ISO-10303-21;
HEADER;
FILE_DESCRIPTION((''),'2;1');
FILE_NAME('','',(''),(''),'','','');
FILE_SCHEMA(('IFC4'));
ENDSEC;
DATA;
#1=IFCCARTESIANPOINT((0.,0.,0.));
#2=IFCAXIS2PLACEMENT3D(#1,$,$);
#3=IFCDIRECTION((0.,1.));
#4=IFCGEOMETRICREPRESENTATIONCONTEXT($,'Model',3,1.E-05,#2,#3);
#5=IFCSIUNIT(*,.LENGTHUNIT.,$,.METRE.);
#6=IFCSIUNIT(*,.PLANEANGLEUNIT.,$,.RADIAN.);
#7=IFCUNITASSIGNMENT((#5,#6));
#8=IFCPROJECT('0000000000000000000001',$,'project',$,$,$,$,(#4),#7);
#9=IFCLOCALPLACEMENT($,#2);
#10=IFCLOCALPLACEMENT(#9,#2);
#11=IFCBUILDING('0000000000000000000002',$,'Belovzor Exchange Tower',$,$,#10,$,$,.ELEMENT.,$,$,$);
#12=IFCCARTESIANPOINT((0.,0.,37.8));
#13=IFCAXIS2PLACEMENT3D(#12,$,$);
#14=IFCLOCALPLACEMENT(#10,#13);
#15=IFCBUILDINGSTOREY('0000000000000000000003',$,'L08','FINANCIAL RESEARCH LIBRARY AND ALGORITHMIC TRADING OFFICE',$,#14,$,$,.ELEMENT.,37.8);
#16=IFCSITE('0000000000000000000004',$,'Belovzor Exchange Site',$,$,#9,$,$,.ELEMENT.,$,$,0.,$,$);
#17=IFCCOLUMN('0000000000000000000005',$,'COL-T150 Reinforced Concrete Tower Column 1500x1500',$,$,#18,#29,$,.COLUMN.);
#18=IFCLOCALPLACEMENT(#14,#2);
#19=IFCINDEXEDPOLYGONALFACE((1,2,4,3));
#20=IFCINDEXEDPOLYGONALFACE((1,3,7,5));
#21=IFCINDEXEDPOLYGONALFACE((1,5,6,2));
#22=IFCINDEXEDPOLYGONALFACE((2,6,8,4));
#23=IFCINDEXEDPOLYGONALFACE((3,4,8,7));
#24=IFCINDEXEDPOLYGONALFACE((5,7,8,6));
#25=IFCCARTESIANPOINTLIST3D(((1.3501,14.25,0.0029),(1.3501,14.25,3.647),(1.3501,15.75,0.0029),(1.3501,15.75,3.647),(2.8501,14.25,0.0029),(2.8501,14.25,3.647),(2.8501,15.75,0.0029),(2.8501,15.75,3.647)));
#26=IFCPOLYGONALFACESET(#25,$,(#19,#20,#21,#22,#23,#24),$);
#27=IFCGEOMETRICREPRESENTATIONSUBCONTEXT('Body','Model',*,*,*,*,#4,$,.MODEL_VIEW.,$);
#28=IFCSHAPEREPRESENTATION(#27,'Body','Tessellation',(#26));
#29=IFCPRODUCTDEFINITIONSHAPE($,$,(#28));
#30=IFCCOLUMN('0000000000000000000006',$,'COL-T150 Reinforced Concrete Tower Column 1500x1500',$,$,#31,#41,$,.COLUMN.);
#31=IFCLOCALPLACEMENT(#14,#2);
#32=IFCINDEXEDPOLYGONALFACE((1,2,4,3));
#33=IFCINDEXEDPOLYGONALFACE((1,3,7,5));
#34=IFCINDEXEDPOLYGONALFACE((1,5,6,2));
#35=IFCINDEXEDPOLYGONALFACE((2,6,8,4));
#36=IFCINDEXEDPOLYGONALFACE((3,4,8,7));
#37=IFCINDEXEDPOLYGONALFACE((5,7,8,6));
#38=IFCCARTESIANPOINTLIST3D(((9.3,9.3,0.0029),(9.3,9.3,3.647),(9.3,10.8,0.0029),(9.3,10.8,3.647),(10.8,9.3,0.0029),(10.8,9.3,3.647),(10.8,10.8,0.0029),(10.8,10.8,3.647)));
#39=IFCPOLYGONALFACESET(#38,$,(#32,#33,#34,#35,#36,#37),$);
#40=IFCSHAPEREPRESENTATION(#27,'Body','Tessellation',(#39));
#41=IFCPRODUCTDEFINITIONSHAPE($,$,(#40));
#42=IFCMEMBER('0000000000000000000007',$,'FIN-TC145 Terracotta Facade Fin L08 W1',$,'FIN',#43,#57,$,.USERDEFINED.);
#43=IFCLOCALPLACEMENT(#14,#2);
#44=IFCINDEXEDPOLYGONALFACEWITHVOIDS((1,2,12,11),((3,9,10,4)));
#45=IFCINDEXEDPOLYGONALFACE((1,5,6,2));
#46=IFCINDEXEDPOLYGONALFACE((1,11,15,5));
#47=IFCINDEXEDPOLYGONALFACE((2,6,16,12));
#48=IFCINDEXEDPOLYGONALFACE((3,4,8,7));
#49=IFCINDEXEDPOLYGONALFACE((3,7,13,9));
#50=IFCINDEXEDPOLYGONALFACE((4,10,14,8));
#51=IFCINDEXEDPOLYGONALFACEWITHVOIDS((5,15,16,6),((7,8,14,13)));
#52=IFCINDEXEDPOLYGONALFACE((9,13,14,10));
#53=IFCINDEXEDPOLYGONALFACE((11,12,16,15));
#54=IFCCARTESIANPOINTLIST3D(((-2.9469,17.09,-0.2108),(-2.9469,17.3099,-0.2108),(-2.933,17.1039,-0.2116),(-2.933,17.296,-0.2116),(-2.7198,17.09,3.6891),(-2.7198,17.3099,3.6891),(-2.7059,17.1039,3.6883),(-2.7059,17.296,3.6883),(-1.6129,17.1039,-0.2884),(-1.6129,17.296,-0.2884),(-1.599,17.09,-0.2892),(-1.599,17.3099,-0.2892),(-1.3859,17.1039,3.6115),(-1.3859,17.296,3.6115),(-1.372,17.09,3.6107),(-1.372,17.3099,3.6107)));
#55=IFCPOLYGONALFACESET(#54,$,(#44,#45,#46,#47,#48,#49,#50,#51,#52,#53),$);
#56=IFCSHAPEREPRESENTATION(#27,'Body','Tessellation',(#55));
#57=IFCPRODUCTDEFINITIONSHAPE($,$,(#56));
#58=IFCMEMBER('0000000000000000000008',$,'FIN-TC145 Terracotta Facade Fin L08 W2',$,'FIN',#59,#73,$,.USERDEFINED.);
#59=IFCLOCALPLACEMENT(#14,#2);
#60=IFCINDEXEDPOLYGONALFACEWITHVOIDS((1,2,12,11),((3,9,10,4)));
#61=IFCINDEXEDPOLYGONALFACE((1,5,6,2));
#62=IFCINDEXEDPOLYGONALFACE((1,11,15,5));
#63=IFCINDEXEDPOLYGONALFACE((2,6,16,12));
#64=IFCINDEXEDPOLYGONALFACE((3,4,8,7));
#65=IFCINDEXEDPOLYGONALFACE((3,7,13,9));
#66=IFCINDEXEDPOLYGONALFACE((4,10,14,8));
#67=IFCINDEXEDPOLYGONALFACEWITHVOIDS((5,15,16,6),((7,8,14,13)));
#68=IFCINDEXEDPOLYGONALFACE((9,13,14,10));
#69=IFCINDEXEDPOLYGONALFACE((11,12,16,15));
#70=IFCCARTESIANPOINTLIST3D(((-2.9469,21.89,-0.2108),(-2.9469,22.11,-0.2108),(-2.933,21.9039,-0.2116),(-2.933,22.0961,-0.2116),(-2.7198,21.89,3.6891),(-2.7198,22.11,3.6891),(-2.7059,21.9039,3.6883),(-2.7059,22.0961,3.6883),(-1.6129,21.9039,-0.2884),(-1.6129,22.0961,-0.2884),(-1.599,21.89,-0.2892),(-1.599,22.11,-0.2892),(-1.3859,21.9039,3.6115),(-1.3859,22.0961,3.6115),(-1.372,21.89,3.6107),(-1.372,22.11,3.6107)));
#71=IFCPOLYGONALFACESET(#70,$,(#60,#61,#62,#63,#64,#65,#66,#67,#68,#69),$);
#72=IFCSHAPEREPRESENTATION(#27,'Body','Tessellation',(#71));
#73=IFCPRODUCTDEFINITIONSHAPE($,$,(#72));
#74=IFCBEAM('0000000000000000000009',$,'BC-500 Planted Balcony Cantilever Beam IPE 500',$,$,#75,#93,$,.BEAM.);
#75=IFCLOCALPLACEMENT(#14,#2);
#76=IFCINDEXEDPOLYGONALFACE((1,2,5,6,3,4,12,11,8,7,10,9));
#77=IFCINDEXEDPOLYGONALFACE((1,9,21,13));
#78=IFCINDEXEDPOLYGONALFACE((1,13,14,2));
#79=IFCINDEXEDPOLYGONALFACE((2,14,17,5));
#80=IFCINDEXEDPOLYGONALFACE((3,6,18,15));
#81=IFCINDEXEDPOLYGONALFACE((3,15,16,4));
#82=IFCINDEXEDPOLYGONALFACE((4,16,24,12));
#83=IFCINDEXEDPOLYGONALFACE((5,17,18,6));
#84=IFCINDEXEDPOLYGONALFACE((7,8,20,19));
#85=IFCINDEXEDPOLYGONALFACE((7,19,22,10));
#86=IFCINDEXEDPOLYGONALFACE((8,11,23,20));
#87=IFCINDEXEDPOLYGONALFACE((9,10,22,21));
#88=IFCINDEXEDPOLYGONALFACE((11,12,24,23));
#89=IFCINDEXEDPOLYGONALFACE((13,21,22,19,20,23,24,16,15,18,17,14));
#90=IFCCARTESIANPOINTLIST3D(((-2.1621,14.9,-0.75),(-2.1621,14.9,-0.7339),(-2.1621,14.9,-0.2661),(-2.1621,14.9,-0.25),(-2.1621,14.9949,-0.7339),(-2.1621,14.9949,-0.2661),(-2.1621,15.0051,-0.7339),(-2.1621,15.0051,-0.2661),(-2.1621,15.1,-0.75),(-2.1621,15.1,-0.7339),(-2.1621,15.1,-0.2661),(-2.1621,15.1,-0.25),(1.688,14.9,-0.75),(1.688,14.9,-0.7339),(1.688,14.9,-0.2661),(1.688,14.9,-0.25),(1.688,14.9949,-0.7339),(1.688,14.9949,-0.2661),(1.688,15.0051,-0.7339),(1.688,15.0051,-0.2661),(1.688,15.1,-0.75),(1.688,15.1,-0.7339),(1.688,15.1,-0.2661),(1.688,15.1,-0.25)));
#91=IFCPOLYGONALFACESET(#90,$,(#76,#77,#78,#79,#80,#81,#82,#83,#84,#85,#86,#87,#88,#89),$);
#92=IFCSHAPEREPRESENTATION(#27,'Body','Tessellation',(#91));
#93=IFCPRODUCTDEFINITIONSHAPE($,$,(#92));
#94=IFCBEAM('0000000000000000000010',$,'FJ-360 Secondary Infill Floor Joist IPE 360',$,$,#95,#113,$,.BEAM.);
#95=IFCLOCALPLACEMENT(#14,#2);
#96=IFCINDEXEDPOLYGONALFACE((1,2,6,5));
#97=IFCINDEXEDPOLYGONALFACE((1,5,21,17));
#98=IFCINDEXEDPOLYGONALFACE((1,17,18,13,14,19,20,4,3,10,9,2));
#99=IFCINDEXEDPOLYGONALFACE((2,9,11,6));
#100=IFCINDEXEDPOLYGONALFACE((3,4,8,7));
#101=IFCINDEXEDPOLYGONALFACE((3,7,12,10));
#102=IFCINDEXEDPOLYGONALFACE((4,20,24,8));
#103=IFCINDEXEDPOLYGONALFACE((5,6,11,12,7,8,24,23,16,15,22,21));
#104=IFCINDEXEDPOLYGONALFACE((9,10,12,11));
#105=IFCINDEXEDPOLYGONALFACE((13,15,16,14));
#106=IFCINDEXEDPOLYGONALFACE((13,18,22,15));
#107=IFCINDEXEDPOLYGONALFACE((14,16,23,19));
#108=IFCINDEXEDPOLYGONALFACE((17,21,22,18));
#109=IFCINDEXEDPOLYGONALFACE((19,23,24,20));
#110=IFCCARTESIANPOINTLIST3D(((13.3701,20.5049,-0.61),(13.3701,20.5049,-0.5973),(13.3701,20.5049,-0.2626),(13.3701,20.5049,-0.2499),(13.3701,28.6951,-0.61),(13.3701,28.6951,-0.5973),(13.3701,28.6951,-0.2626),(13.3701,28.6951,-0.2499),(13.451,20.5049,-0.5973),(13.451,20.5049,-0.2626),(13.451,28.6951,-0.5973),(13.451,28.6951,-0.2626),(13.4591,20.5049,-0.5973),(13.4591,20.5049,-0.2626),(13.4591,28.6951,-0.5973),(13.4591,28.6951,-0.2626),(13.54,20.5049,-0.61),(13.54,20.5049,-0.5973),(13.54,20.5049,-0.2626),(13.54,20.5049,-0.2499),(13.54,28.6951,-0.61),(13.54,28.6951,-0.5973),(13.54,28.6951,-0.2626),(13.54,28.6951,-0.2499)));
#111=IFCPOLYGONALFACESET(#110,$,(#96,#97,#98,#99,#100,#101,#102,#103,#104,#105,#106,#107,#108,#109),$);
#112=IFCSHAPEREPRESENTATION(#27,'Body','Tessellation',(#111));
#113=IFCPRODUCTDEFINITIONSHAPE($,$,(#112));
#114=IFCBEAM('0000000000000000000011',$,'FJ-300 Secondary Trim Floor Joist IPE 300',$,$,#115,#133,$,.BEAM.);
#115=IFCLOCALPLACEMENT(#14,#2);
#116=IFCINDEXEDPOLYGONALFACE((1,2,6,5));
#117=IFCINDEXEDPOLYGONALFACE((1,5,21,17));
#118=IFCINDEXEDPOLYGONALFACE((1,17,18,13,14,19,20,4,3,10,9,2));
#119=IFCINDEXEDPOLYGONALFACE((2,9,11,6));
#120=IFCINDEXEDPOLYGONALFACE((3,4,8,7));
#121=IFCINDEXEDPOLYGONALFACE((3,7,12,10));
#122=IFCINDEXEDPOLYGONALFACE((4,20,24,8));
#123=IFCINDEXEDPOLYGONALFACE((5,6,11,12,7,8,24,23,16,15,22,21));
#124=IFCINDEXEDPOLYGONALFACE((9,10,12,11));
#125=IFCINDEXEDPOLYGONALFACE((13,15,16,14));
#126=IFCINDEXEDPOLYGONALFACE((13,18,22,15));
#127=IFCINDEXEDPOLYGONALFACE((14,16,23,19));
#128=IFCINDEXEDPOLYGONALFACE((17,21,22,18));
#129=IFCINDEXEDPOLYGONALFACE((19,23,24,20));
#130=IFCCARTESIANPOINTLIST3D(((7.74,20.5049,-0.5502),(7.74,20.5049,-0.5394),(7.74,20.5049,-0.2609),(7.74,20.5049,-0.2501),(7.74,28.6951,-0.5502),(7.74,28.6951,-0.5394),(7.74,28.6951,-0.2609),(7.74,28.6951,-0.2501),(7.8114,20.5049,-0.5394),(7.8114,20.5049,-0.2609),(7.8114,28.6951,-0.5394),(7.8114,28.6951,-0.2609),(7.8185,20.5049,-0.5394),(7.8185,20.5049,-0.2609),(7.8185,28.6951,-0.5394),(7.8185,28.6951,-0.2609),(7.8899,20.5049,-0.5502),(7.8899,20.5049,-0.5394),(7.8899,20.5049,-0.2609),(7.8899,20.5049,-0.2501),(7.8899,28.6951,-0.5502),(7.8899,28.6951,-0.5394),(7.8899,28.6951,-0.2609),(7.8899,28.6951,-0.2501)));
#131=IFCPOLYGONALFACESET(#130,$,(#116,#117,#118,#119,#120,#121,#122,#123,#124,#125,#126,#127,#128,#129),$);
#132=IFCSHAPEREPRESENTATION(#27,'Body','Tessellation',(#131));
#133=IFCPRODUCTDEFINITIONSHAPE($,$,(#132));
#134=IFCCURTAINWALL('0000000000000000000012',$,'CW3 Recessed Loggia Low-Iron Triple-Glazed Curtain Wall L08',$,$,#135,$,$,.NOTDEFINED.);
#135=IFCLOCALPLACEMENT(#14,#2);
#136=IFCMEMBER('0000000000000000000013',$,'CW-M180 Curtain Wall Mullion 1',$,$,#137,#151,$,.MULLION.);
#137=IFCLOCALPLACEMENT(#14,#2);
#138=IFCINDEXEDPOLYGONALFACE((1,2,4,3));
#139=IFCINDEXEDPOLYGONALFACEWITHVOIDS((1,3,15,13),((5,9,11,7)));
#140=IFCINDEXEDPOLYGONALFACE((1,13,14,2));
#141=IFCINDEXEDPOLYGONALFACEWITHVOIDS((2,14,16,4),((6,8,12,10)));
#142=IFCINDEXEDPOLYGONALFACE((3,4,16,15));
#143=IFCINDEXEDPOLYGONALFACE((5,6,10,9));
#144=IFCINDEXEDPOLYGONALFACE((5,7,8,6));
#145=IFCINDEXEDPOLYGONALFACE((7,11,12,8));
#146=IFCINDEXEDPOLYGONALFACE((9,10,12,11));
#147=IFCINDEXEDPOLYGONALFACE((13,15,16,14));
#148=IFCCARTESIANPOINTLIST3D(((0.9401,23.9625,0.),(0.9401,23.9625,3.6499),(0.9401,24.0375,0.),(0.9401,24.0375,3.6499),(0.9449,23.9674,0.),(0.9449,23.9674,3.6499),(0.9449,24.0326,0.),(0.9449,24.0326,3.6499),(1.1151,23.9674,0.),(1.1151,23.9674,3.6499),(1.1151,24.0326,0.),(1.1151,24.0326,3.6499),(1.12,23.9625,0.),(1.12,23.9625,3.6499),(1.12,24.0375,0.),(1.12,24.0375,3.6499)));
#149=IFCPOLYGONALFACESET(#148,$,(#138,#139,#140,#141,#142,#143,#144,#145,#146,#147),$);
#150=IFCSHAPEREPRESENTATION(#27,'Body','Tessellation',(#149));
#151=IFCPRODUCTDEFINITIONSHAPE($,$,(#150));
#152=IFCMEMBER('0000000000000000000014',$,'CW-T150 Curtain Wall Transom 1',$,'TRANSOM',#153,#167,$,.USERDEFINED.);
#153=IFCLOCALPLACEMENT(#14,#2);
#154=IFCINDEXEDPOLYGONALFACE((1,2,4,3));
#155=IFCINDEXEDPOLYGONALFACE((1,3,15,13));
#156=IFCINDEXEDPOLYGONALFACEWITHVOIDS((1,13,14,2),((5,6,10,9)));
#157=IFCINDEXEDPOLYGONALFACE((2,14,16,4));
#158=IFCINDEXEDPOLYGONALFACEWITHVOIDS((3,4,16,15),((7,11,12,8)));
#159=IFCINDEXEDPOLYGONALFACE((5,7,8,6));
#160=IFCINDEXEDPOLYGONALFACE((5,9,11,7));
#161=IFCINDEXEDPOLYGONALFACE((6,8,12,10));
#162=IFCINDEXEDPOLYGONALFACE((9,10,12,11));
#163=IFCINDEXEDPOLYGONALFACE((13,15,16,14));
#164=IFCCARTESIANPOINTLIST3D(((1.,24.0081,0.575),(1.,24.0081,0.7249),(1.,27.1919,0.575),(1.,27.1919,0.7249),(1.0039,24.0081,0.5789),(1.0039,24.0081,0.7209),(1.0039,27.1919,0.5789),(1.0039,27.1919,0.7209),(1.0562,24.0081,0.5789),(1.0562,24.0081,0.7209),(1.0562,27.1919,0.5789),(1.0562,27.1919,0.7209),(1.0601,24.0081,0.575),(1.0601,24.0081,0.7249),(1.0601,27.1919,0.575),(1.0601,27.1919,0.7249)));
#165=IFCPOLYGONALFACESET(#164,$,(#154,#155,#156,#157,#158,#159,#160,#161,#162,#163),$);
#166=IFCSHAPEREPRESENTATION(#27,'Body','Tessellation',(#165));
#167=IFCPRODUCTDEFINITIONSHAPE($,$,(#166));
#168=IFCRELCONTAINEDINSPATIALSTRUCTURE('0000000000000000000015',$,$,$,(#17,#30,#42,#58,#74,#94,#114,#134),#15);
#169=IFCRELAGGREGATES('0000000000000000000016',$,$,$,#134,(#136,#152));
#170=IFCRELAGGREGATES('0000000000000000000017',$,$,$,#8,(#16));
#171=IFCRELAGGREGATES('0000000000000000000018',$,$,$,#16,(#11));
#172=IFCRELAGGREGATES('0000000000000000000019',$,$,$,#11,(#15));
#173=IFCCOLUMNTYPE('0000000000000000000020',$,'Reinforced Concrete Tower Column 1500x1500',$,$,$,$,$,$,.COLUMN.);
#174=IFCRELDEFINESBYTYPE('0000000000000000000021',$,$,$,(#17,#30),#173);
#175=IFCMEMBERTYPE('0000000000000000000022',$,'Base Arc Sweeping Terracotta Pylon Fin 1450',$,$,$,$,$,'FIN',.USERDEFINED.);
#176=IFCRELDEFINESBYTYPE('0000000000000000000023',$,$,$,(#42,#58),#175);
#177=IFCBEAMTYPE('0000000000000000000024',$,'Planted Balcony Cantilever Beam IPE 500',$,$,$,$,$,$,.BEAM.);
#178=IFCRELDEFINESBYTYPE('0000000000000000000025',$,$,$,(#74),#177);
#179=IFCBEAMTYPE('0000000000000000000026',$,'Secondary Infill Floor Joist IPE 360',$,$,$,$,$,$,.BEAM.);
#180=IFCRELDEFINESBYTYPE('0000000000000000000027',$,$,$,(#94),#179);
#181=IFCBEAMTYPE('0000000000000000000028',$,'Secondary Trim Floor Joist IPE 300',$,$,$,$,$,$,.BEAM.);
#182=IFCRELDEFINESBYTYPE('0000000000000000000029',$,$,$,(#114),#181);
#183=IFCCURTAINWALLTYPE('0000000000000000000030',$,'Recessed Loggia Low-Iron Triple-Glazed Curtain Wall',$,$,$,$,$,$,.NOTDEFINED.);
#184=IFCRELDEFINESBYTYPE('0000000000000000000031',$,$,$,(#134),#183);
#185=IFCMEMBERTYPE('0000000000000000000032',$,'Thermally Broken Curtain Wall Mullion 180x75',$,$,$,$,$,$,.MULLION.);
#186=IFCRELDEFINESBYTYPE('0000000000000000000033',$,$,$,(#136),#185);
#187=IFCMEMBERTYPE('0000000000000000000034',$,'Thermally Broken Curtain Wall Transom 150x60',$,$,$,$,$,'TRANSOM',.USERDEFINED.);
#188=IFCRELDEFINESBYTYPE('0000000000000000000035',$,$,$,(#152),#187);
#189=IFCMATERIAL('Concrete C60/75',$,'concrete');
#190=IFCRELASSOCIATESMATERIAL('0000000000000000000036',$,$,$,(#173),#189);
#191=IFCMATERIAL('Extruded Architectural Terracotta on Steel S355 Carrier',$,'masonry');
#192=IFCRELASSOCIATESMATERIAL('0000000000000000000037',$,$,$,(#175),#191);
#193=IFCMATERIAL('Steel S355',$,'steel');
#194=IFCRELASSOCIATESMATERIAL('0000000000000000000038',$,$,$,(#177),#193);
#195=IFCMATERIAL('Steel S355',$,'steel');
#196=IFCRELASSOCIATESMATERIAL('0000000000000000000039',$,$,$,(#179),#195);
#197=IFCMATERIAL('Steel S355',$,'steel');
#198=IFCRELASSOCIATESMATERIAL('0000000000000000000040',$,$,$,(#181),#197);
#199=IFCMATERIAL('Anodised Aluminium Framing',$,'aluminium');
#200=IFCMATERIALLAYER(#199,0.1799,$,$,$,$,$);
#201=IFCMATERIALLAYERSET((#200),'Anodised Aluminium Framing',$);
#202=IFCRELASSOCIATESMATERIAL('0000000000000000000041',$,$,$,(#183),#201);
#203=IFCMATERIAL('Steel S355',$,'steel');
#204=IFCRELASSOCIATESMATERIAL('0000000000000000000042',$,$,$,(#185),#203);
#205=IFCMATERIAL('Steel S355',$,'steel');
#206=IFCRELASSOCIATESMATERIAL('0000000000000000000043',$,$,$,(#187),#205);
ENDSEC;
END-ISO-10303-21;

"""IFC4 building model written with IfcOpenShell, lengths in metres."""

from ifc_helpers import new_model, si_unit, direction, frame, origin, origin_2d, place, context, subcontext, project, spatial, rectangle, hollow_rectangle, i_section, extrude, material, layer, layer_set, material_profile, profile_set, type_object, element, aggregate, save


model = new_model("IFC4")

# Units and contexts
model_context = context("Model", 3, precision=1e-05, world=origin(), true_north=direction((0.0, 1.0)))
body_context = subcontext(model_context, "Body", "Model", "MODEL_VIEW")
ifc_project = project(units=[si_unit("LENGTHUNIT", "METRE"), si_unit("PLANEANGLEUNIT", "RADIAN")], contexts=[model_context])

# Site, building, storey
site_placement = place(None, origin())
site = spatial("IfcSite", under=ifc_project, at=site_placement, Name="Belovzor Exchange Site", CompositionType="ELEMENT", RefElevation=0.0)
building_placement = place(site_placement, origin())
building = spatial("IfcBuilding", under=site, at=building_placement, Name="Belovzor Exchange Tower", CompositionType="ELEMENT")
storey_placement = place(building_placement, frame((0.0, 0.0, 37.8)))
storey = spatial("IfcBuildingStorey", under=building, at=storey_placement, Name="L08", Description="FINANCIAL RESEARCH LIBRARY AND ALGORITHMIC TRADING OFFICE", CompositionType="ELEMENT", Elevation=37.8)

# Columns
ifc_material_1 = material(Name="Concrete C60/75", Category="concrete")
ifc_material_profile_1 = material_profile(ifc_material_1, rectangle(XDim=1.5, YDim=1.5, at=origin_2d()))
ifc_profile_set_1 = profile_set([ifc_material_profile_1], Name="Concrete C60/75")
column_type = type_object("IfcColumnType", Name="Reinforced Concrete Tower Column 1500x1500", PredefinedType="COLUMN", material=ifc_profile_set_1)
for number, where, z_axis, x_axis, name in (
    (1, (2.1001, 15.0, 0.0029), (0.0, 0.0, 1.0), (1.0, 0.0, 0.0), "COL-T150 Reinforced Concrete Tower Column 1500x1500"),
    (2, (10.05, 10.05, 0.0029), (0.0, 0.0, 1.0), (1.0, 0.0, 0.0), "COL-T150 Reinforced Concrete Tower Column 1500x1500"),
):
    element("IfcColumn", number, at=place(storey_placement, frame(where, z_axis=z_axis, x_axis=x_axis)), inside=storey, type_object=column_type, Name=name, PredefinedType="COLUMN", context=body_context, shape_type="SweptSolid", body=[
        extrude(rectangle(XDim=1.5, YDim=1.5, at=origin_2d()), origin(), (0.0, 0.0, 1.0), 3.644),
    ])

# Members
ifc_material_2 = material(Name="Extruded Architectural Terracotta on Steel S355 Carrier", Category="masonry")
ifc_material_profile_2 = material_profile(ifc_material_2, hollow_rectangle(XDim=0.22, YDim=1.3501, WallThickness=0.0139, at=origin_2d()))
ifc_profile_set_2 = profile_set([ifc_material_profile_2], Name="Extruded Architectural Terracotta on Steel S355 Carrier")
member_type_1 = type_object("IfcMemberType", Name="Base Arc Sweeping Terracotta Pylon Fin 1450", ElementType="FIN", PredefinedType="USERDEFINED", material=ifc_profile_set_2)
for number, where, z_axis, x_axis, name in (
    (3, (-2.2729, 17.2, -0.25), (0.058121, 0.0, 0.99831), (0.0, 1.0, 0.0), "FIN-TC145 Terracotta Facade Fin L08 W1"),
    (4, (-2.2729, 22.0, -0.25), (0.058121, 0.0, 0.99831), (0.0, 1.0, 0.0), "FIN-TC145 Terracotta Facade Fin L08 W2"),
):
    element("IfcMember", number, at=place(storey_placement, frame(where, z_axis=z_axis, x_axis=x_axis)), inside=storey, type_object=member_type_1, Name=name, ObjectType="FIN", PredefinedType="USERDEFINED", context=body_context, shape_type="SweptSolid", body=[
        extrude(hollow_rectangle(XDim=0.22, YDim=1.3501, WallThickness=0.0139, at=origin_2d()), origin(), (0.0, 0.0, 1.0), 3.9065),
    ])

# Beams
ifc_material_3 = material(Name="Steel S355", Category="steel")
ifc_material_profile_3 = material_profile(ifc_material_3, i_section(OverallWidth=0.2, OverallDepth=0.5, WebThickness=0.0103, FlangeThickness=0.0161, at=origin_2d()))
ifc_profile_set_3 = profile_set([ifc_material_profile_3], Name="Steel S355")
beam_type_1 = type_object("IfcBeamType", Name="Planted Balcony Cantilever Beam IPE 500", PredefinedType="BEAM", material=ifc_profile_set_3)
beam_1_placement = place(storey_placement, frame((1.688, 15.0, -0.5), z_axis=(-1.0, 0.0, 0.0), x_axis=(0.0, -1.0, 0.0)))
element("IfcBeam", 5, at=beam_1_placement, inside=storey, type_object=beam_type_1, Name="BC-500 Planted Balcony Cantilever Beam IPE 500", PredefinedType="BEAM", context=body_context, shape_type="SweptSolid", body=[
    extrude(i_section(OverallWidth=0.2, OverallDepth=0.5, WebThickness=0.0103, FlangeThickness=0.0161, at=origin_2d()), origin(), (0.0, 0.0, 1.0), 3.8501),
])
ifc_material_4 = material(Name="Steel S355", Category="steel")
ifc_material_profile_4 = material_profile(ifc_material_4, i_section(OverallWidth=0.1699, OverallDepth=0.3601, WebThickness=0.0081, FlangeThickness=0.0127, at=origin_2d()))
ifc_profile_set_4 = profile_set([ifc_material_profile_4], Name="Steel S355")
beam_type_2 = type_object("IfcBeamType", Name="Secondary Infill Floor Joist IPE 360", PredefinedType="BEAM", material=ifc_profile_set_4)
beam_2_placement = place(storey_placement, frame((13.4551, 20.5049, -0.4299), z_axis=(0.0, 1.0, 0.0), x_axis=(-1.0, 0.0, 0.0)))
element("IfcBeam", 6, at=beam_2_placement, inside=storey, type_object=beam_type_2, Name="FJ-360 Secondary Infill Floor Joist IPE 360", PredefinedType="BEAM", context=body_context, shape_type="SweptSolid", body=[
    extrude(i_section(OverallWidth=0.1699, OverallDepth=0.3601, WebThickness=0.0081, FlangeThickness=0.0127, at=origin_2d()), origin(), (0.0, 0.0, 1.0), 8.1902),
])
ifc_material_5 = material(Name="Steel S355", Category="steel")
ifc_material_profile_5 = material_profile(ifc_material_5, i_section(OverallWidth=0.1499, OverallDepth=0.3, WebThickness=0.0071, FlangeThickness=0.0107, at=origin_2d()))
ifc_profile_set_5 = profile_set([ifc_material_profile_5], Name="Steel S355")
beam_type_3 = type_object("IfcBeamType", Name="Secondary Trim Floor Joist IPE 300", PredefinedType="BEAM", material=ifc_profile_set_5)
beam_3_placement = place(storey_placement, frame((7.8149, 20.5049, -0.4001), z_axis=(0.0, 1.0, 0.0), x_axis=(-1.0, 0.0, 0.0)))
element("IfcBeam", 7, at=beam_3_placement, inside=storey, type_object=beam_type_3, Name="FJ-300 Secondary Trim Floor Joist IPE 300", PredefinedType="BEAM", context=body_context, shape_type="SweptSolid", body=[
    extrude(i_section(OverallWidth=0.1499, OverallDepth=0.3, WebThickness=0.0071, FlangeThickness=0.0107, at=origin_2d()), origin(), (0.0, 0.0, 1.0), 8.1902),
])

# Curtain wall, members
ifc_material_6 = material(Name="Anodised Aluminium Framing", Category="aluminium")
ifc_layer_1 = layer(ifc_material_6, 0.1799)
ifc_layer_set_1 = layer_set([ifc_layer_1], Name="Anodised Aluminium Framing")
curtain_wall_type = type_object("IfcCurtainWallType", Name="Recessed Loggia Low-Iron Triple-Glazed Curtain Wall", PredefinedType="NOTDEFINED", material=ifc_layer_set_1)
curtain_wall_placement = place(storey_placement, origin())
curtain_wall = element("IfcCurtainWall", 8, at=curtain_wall_placement, inside=storey, type_object=curtain_wall_type, Name="CW3 Recessed Loggia Low-Iron Triple-Glazed Curtain Wall L08", PredefinedType="NOTDEFINED")
ifc_material_7 = material(Name="Steel S355", Category="steel")
ifc_material_profile_6 = material_profile(ifc_material_7, hollow_rectangle(XDim=0.075, YDim=0.1799, WallThickness=0.0049, at=origin_2d()))
ifc_profile_set_6 = profile_set([ifc_material_profile_6], Name="Steel S355")
member_type_2 = type_object("IfcMemberType", Name="Thermally Broken Curtain Wall Mullion 180x75", PredefinedType="MULLION", material=ifc_profile_set_6)
member_1_placement = place(storey_placement, frame((1.03, 24.0, 0.0), z_axis=(0.0, 0.0, 1.0), x_axis=(0.0, 1.0, 0.0)))
member_1 = element("IfcMember", 9, at=member_1_placement, type_object=member_type_2, Name="CW-M180 Curtain Wall Mullion 1", PredefinedType="MULLION", context=body_context, shape_type="SweptSolid", body=[
    extrude(hollow_rectangle(XDim=0.075, YDim=0.1799, WallThickness=0.0049, at=origin_2d()), origin(), (0.0, 0.0, 1.0), 3.6499),
])
ifc_material_8 = material(Name="Steel S355", Category="steel")
ifc_material_profile_7 = material_profile(ifc_material_8, hollow_rectangle(XDim=0.0601, YDim=0.1499, WallThickness=0.0039, at=origin_2d()))
ifc_profile_set_7 = profile_set([ifc_material_profile_7], Name="Steel S355")
member_type_3 = type_object("IfcMemberType", Name="Thermally Broken Curtain Wall Transom 150x60", ElementType="TRANSOM", PredefinedType="USERDEFINED", material=ifc_profile_set_7)
member_2_placement = place(storey_placement, frame((1.03, 24.0081, 0.6499), z_axis=(0.0, 1.0, 0.0), x_axis=(-1.0, 0.0, 0.0)))
member_2 = element("IfcMember", 10, at=member_2_placement, type_object=member_type_3, Name="CW-T150 Curtain Wall Transom 1", ObjectType="TRANSOM", PredefinedType="USERDEFINED", context=body_context, shape_type="SweptSolid", body=[
    extrude(hollow_rectangle(XDim=0.0601, YDim=0.1499, WallThickness=0.0039, at=origin_2d()), origin(), (0.0, 0.0, 1.0), 3.1838),
])

aggregate(curtain_wall, [member_1, member_2])

save(model, "model.ifc")
